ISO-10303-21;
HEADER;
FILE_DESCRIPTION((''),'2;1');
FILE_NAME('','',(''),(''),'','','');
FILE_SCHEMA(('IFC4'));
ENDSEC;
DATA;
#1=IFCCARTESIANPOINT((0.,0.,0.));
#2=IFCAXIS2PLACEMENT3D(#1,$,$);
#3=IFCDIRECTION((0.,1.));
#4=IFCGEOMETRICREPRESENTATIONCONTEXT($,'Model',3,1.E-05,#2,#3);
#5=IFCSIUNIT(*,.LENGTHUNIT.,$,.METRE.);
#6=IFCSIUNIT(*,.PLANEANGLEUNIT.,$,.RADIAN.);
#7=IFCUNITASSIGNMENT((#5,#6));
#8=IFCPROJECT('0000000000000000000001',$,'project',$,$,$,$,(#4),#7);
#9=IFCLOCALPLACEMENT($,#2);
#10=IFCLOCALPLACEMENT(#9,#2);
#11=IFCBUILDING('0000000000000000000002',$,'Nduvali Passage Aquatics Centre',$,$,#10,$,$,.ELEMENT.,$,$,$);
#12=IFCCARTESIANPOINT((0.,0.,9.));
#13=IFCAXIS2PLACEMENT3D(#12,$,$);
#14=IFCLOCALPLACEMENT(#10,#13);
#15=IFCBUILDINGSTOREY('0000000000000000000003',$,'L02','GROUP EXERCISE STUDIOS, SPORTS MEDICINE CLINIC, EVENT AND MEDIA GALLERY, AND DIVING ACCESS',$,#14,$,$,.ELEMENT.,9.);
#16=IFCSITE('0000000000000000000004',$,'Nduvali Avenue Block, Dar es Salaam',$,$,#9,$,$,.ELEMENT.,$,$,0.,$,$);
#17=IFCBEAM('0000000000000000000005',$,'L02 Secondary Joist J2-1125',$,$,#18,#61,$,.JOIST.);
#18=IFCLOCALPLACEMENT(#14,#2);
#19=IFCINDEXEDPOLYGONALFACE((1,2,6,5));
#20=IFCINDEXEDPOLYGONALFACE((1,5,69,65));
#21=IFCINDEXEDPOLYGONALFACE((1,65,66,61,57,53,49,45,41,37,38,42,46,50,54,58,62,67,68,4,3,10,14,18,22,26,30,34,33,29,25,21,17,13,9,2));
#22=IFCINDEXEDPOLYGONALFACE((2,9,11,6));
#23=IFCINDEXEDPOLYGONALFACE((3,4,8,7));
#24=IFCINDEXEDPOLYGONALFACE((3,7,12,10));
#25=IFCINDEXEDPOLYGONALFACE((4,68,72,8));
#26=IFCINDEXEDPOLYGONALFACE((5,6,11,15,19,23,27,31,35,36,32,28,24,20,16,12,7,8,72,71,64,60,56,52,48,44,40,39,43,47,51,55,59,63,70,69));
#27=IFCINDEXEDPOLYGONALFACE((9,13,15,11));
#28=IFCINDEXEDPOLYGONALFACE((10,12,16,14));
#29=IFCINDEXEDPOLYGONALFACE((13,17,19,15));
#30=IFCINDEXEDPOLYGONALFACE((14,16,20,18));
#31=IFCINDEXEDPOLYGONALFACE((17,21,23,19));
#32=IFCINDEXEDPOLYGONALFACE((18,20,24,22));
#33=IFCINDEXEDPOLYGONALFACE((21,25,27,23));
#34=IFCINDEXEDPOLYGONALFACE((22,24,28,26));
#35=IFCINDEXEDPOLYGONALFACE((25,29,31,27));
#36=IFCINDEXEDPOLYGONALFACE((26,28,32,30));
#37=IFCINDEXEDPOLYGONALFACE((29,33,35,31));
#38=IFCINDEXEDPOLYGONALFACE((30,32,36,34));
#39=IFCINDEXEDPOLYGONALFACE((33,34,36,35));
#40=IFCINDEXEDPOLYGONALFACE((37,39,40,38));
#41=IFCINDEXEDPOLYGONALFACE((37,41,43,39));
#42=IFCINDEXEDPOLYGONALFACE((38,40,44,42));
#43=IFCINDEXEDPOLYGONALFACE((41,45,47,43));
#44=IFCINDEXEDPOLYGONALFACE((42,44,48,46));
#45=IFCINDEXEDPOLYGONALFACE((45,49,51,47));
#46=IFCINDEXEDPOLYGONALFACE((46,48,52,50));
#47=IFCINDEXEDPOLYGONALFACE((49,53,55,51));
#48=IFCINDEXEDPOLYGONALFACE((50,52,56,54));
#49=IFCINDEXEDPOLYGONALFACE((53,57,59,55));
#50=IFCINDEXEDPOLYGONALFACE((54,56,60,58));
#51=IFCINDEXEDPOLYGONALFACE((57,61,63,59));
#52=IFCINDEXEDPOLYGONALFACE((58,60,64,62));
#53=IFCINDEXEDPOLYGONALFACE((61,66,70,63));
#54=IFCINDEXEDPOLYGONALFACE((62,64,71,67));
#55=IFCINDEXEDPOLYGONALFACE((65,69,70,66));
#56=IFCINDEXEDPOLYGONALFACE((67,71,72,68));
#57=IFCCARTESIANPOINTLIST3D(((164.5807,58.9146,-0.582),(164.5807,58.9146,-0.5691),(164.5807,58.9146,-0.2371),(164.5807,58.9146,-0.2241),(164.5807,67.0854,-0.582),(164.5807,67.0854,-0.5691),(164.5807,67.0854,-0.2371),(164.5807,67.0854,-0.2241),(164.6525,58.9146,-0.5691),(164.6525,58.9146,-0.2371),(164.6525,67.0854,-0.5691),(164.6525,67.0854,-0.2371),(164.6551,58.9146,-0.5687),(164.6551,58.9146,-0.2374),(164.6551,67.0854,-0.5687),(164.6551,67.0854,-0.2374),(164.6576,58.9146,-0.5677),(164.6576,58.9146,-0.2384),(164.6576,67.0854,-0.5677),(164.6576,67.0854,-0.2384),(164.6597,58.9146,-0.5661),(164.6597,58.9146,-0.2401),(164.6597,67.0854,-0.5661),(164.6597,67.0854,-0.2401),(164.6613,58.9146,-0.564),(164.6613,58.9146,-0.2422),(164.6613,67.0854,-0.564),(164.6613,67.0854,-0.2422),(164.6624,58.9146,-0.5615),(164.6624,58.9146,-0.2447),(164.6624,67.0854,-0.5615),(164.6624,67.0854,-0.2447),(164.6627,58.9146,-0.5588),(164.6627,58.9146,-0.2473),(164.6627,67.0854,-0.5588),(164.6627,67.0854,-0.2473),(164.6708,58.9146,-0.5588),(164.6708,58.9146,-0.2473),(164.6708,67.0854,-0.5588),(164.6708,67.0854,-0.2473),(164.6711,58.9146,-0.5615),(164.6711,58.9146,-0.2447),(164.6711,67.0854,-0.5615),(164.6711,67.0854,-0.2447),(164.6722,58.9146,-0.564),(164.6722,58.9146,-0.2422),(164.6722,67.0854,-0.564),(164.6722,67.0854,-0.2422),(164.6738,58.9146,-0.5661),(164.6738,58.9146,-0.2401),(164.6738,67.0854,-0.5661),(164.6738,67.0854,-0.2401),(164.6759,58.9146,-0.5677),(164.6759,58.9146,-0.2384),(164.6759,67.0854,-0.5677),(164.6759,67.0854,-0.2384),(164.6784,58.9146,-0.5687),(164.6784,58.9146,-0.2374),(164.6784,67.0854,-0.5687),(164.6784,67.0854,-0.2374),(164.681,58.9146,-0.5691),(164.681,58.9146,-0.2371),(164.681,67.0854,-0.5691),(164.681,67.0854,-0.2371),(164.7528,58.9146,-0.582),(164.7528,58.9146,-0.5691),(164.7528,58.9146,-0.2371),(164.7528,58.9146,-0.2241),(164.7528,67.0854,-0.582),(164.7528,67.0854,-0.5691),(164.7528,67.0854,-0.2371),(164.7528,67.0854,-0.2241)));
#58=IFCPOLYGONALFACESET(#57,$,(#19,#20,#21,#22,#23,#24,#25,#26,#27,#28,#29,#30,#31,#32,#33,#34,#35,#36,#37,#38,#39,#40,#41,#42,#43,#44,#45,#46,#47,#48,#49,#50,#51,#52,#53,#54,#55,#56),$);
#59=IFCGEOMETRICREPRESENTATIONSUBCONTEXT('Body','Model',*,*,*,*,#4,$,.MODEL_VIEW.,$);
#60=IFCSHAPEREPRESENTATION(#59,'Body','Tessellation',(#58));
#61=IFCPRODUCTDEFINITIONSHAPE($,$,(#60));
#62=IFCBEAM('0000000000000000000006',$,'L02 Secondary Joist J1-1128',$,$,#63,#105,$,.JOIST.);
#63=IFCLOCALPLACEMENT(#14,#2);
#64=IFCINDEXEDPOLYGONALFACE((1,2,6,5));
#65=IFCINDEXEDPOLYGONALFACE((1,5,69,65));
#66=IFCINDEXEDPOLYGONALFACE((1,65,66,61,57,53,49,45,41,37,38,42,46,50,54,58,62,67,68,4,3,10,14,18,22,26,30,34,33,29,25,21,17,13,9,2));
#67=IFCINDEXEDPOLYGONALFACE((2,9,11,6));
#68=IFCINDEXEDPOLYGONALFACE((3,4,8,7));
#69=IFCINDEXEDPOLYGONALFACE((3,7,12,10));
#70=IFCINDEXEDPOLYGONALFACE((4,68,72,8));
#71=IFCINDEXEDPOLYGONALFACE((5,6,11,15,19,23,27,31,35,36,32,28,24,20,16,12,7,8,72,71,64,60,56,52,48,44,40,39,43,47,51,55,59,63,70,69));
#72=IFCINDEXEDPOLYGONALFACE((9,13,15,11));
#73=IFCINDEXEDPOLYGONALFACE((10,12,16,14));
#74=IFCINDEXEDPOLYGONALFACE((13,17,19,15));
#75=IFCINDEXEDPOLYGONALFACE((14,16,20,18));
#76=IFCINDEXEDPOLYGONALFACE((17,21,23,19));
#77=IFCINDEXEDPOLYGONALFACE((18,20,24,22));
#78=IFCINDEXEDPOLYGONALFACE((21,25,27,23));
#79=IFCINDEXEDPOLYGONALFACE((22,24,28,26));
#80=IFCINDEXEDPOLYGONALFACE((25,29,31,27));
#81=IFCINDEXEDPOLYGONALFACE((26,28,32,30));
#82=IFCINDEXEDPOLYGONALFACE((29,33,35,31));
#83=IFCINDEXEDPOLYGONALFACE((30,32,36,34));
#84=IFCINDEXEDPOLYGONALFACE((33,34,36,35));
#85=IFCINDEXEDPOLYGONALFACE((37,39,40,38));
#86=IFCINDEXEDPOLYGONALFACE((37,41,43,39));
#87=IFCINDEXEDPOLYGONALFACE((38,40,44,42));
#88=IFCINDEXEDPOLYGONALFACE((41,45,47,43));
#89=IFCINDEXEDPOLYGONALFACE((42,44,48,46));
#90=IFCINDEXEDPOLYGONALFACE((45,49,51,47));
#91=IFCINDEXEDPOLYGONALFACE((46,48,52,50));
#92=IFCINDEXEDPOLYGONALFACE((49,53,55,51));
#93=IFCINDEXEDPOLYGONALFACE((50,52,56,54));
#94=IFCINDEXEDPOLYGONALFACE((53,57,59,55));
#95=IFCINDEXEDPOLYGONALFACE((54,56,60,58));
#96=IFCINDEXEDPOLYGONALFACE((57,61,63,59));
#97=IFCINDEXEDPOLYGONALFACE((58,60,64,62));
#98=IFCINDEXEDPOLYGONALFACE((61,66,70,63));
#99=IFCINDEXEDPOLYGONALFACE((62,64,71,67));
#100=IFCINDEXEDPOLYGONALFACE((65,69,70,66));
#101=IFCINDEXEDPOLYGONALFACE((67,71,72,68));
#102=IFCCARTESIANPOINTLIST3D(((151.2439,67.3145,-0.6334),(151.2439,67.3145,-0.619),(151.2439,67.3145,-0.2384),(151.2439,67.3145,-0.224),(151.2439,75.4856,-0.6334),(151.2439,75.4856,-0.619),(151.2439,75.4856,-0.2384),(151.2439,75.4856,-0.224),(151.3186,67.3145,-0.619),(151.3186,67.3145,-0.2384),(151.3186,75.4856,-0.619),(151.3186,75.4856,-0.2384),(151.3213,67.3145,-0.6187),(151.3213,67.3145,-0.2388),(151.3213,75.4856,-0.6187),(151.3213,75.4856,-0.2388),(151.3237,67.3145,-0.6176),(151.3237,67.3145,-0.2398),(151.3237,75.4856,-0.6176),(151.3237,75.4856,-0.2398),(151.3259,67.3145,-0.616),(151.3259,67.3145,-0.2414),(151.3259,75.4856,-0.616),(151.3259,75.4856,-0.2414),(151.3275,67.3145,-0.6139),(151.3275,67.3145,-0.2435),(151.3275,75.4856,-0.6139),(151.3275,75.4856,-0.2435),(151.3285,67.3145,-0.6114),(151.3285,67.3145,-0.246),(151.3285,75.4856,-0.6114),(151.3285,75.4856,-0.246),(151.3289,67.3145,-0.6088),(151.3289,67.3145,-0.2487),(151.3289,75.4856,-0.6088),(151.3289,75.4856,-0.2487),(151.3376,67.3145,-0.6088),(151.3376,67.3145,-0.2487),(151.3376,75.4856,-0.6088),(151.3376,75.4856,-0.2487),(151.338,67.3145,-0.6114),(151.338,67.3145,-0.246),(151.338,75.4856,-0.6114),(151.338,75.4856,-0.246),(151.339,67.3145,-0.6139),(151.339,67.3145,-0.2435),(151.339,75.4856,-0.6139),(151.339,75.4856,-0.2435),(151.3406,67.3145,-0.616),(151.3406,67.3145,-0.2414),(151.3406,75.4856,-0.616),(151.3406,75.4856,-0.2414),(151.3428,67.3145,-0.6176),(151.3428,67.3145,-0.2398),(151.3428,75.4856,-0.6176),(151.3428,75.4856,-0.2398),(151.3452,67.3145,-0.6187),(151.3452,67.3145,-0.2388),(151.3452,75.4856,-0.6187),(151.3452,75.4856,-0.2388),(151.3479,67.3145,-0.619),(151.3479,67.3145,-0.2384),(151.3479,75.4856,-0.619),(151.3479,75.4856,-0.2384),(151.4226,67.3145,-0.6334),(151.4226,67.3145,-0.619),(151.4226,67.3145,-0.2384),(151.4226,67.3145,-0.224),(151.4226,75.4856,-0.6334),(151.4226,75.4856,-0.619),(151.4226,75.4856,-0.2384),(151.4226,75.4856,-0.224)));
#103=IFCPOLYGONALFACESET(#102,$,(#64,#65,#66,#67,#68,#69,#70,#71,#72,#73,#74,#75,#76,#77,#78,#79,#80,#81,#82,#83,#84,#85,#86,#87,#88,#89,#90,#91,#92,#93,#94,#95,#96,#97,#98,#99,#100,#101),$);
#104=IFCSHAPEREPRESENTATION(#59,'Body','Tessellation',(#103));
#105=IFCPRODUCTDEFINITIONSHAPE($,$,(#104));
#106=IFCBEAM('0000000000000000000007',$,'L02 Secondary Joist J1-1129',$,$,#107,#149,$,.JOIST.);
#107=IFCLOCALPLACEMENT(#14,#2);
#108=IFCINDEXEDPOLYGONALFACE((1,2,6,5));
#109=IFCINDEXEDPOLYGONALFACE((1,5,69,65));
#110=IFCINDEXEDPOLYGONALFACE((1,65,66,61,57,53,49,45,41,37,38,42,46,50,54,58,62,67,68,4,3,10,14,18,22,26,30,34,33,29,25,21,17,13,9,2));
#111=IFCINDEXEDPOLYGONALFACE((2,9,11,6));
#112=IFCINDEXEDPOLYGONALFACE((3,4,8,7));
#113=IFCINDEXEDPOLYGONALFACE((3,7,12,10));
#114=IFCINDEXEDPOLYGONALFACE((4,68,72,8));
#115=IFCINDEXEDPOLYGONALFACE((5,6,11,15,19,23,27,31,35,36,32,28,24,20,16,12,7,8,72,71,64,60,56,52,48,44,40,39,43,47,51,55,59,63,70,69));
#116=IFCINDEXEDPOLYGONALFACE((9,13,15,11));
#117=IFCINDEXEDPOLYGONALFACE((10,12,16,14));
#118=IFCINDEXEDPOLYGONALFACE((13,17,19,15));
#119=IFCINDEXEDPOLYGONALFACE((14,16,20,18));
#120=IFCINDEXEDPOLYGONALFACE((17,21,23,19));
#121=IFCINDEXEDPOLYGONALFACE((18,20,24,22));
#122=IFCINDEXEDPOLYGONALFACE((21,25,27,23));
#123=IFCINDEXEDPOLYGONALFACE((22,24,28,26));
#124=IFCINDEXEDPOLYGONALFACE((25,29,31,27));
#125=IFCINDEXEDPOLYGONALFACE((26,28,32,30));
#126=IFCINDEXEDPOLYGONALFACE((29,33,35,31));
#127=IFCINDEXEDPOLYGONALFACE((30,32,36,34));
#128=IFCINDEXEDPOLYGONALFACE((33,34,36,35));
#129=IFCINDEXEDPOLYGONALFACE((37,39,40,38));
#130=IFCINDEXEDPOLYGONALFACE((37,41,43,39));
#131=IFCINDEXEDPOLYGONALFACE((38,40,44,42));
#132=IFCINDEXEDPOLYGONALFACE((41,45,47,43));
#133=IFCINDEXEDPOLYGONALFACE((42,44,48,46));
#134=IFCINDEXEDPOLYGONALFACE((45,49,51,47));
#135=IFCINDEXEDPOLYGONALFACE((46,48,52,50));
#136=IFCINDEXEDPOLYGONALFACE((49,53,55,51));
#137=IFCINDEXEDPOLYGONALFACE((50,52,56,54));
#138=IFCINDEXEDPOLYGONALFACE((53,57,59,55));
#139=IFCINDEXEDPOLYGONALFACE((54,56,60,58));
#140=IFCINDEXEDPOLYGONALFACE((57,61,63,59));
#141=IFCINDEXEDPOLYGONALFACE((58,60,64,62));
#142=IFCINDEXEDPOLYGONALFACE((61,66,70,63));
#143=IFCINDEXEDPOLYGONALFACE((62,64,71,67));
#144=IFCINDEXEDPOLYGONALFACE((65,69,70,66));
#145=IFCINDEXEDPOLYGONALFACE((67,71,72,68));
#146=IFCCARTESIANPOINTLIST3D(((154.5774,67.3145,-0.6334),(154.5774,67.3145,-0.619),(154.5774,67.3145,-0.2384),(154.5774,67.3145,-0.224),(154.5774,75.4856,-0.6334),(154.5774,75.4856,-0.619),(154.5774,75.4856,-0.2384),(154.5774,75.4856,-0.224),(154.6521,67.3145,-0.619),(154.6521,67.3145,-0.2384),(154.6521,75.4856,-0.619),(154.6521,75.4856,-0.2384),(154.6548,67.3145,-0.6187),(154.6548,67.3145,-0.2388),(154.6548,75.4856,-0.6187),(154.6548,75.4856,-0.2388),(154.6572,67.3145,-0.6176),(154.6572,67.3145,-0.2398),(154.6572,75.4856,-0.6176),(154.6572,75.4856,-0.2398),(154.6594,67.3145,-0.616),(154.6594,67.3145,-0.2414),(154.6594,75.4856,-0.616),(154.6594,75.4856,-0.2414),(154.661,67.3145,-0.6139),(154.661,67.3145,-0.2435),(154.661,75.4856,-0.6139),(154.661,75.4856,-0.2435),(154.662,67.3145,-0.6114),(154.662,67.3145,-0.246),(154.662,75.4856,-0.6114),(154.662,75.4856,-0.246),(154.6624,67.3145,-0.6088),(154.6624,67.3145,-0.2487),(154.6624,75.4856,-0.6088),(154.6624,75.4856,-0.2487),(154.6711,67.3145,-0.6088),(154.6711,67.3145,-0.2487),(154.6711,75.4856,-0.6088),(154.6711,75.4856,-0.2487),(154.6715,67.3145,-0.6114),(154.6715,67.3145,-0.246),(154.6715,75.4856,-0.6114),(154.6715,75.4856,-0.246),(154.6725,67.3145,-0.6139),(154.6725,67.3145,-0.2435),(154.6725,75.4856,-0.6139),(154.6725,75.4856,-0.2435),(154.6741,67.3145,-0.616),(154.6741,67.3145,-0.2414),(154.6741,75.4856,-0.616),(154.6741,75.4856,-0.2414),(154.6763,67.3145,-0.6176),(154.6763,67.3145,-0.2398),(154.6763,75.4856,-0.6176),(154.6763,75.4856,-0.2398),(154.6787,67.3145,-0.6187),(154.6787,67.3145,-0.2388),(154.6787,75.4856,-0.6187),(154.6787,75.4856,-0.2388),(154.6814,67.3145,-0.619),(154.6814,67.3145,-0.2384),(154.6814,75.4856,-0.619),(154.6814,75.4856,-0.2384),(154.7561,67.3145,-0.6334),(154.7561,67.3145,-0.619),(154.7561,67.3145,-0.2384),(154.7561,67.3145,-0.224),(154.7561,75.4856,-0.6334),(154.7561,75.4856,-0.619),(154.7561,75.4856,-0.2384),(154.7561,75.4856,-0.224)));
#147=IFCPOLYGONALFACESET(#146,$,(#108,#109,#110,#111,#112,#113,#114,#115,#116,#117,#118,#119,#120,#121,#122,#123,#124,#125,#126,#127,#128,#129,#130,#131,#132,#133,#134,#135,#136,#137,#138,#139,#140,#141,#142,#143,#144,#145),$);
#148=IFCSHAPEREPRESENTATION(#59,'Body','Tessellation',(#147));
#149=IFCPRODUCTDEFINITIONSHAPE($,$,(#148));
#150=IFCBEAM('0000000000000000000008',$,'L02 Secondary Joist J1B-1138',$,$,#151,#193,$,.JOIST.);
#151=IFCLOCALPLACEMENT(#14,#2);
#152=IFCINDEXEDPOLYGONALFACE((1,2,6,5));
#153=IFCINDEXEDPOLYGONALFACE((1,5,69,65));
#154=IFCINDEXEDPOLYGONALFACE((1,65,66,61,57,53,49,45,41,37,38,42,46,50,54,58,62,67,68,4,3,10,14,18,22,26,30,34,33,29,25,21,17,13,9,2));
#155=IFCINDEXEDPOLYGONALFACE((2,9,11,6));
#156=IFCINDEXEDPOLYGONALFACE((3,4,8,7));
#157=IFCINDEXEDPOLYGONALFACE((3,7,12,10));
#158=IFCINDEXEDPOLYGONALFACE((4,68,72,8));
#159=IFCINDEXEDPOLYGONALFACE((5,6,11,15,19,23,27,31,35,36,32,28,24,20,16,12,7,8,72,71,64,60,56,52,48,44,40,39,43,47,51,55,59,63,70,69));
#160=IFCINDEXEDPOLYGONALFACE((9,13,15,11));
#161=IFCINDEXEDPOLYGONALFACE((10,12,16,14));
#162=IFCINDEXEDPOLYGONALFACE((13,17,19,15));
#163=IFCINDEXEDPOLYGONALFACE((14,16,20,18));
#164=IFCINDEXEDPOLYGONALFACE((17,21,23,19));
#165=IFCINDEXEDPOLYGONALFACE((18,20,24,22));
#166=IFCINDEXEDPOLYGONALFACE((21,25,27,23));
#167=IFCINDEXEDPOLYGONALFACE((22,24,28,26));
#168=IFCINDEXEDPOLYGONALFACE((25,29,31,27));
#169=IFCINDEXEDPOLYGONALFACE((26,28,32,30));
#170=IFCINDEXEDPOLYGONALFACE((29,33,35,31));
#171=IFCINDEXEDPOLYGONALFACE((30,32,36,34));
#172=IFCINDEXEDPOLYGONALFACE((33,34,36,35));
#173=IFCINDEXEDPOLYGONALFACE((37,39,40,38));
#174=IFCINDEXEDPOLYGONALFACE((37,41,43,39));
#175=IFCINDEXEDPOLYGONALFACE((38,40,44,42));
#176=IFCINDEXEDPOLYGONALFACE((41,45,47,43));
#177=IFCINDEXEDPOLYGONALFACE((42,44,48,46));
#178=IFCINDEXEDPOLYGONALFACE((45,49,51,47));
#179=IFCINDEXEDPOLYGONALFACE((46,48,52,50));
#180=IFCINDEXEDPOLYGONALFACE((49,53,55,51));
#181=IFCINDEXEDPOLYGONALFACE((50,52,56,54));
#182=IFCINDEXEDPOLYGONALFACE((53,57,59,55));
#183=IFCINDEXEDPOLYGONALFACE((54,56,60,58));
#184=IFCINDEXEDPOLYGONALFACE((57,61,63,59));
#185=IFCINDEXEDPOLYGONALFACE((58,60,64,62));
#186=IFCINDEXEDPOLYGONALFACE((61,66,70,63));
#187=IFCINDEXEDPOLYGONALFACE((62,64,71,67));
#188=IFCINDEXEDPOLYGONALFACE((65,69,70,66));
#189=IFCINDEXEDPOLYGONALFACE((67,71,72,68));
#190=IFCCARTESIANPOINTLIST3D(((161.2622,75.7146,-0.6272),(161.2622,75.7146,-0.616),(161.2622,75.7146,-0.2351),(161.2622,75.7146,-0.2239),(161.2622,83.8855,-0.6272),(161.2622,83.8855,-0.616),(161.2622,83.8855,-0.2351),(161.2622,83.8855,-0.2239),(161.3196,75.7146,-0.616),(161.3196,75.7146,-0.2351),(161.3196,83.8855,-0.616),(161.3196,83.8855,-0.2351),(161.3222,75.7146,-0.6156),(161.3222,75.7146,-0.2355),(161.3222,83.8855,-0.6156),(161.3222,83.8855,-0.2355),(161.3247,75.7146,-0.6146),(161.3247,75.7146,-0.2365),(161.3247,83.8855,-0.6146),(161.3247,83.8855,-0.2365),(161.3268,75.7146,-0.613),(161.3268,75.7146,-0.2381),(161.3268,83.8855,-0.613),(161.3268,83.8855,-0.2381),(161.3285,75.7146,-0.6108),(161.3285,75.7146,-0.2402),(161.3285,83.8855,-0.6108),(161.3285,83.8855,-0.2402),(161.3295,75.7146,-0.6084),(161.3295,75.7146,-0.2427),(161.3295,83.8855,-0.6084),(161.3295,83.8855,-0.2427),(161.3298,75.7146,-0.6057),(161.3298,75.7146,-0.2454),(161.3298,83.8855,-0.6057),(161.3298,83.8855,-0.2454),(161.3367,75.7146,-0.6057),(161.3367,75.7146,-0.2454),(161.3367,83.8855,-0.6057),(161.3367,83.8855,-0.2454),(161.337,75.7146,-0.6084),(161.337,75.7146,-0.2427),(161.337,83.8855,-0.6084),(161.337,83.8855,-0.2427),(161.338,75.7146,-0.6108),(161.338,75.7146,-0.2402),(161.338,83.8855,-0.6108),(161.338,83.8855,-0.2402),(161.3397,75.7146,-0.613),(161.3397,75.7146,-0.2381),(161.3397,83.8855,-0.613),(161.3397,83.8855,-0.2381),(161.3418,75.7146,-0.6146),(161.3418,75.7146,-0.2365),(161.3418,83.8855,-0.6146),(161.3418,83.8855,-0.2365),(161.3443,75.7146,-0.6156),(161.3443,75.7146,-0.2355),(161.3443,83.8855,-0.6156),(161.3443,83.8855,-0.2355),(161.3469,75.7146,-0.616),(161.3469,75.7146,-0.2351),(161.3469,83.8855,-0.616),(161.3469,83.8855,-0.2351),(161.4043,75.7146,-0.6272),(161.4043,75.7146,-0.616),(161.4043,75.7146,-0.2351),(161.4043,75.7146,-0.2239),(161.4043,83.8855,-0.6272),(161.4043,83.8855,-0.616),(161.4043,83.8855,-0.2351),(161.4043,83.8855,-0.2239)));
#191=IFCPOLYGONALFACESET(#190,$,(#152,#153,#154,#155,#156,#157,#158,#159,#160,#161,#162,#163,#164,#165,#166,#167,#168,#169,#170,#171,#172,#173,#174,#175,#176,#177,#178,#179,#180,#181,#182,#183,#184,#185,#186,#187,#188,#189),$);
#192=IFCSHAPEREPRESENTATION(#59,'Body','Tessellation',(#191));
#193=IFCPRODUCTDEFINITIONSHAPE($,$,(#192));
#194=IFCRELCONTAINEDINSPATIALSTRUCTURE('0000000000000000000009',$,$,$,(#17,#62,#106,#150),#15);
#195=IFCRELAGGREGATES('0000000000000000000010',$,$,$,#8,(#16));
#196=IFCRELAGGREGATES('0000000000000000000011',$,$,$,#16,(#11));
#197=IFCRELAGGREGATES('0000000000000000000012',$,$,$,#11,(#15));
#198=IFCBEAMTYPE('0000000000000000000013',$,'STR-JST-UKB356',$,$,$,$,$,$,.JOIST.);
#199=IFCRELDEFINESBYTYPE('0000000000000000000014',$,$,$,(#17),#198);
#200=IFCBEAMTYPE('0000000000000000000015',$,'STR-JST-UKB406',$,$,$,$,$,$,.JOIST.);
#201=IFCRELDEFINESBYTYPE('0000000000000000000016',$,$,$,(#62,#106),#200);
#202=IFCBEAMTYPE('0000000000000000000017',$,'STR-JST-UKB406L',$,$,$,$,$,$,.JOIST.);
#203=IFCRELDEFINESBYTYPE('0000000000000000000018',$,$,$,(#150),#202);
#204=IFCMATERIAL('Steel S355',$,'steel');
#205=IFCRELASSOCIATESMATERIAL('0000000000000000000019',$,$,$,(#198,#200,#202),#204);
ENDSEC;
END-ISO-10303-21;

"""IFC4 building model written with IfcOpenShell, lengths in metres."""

from ifc_helpers import new_model, si_unit, direction, frame, origin, origin_2d, place, context, subcontext, project, spatial, i_section, extrude, material, material_profile, profile_set, type_object, element, save


model = new_model("IFC4")

# Units and contexts
model_context = context("Model", 3, precision=1e-05, world=origin(), true_north=direction((0.0, 1.0)))
body_context = subcontext(model_context, "Body", "Model", "MODEL_VIEW")
ifc_project = project(units=[si_unit("LENGTHUNIT", "METRE"), si_unit("PLANEANGLEUNIT", "RADIAN")], contexts=[model_context])

# Site, building, storey
site_placement = place(None, origin())
site = spatial("IfcSite", under=ifc_project, at=site_placement, Name="Nduvali Avenue Block, Dar es Salaam", CompositionType="ELEMENT", RefElevation=0.0)
building_placement = place(site_placement, origin())
building = spatial("IfcBuilding", under=site, at=building_placement, Name="Nduvali Passage Aquatics Centre", CompositionType="ELEMENT")
storey_placement = place(building_placement, frame((0.0, 0.0, 9.0)))
storey = spatial("IfcBuildingStorey", under=building, at=storey_placement, Name="L02", Description="GROUP EXERCISE STUDIOS, SPORTS MEDICINE CLINIC, EVENT AND MEDIA GALLERY, AND DIVING ACCESS", CompositionType="ELEMENT", Elevation=9.0)

# Beams
ifc_material = material(Name="Steel S355", Category="steel")
ifc_material_profile_1 = material_profile(ifc_material, i_section(OverallWidth=0.1721, OverallDepth=0.3579, WebThickness=0.0081, FlangeThickness=0.0129, FilletRadius=0.0103, at=origin_2d()), Name="UKB 356x171x57")
ifc_profile_set_1 = profile_set([ifc_material_profile_1], Name="Steel S355")
beam_type_1 = type_object("IfcBeamType", Name="STR-JST-UKB356", PredefinedType="JOIST", material=ifc_profile_set_1)
for number, where, z_axis, x_axis, name in (
    (1, (164.6667, 58.9146, -0.4031), (0.0, 1.0, 0.0), (-1.0, 0.0, 0.0), "L02 Secondary Joist J2-1125"),
):
    element("IfcBeam", number, at=place(storey_placement, frame(where, z_axis=z_axis, x_axis=x_axis)), inside=storey, type_object=beam_type_1, Name=name, PredefinedType="JOIST", context=body_context, shape_type="SweptSolid", body=[
        extrude(i_section(OverallWidth=0.1721, OverallDepth=0.3579, WebThickness=0.0081, FlangeThickness=0.0129, FilletRadius=0.0103, at=origin_2d()), origin(), (0.0, 0.0, 1.0), 8.1709),
    ])
ifc_material_profile_2 = material_profile(ifc_material, i_section(OverallWidth=0.1787, OverallDepth=0.4094, WebThickness=0.0088, FlangeThickness=0.0144, FilletRadius=0.0103, at=origin_2d()), Name="UKB 406x178x67")
ifc_profile_set_2 = profile_set([ifc_material_profile_2], Name="Steel S355")
beam_type_2 = type_object("IfcBeamType", Name="STR-JST-UKB406", PredefinedType="JOIST", material=ifc_profile_set_2)
for number, where, z_axis, x_axis, name in (
    (2, (151.3333, 67.3145, -0.4287), (0.0, 1.0, 0.0), (-1.0, 0.0, 0.0), "L02 Secondary Joist J1-1128"),
    (3, (154.6667, 67.3145, -0.4287), (0.0, 1.0, 0.0), (-1.0, 0.0, 0.0), "L02 Secondary Joist J1-1129"),
):
    element("IfcBeam", number, at=place(storey_placement, frame(where, z_axis=z_axis, x_axis=x_axis)), inside=storey, type_object=beam_type_2, Name=name, PredefinedType="JOIST", context=body_context, shape_type="SweptSolid", body=[
        extrude(i_section(OverallWidth=0.1787, OverallDepth=0.4094, WebThickness=0.0088, FlangeThickness=0.0144, FilletRadius=0.0103, at=origin_2d()), origin(), (0.0, 0.0, 1.0), 8.1711),
    ])
ifc_material_profile_3 = material_profile(ifc_material, i_section(OverallWidth=0.1421, OverallDepth=0.4033, WebThickness=0.0068, FlangeThickness=0.0112, FilletRadius=0.0103, at=origin_2d()), Name="UKB 406x140x46")
ifc_profile_set_3 = profile_set([ifc_material_profile_3], Name="Steel S355")
beam_type_3 = type_object("IfcBeamType", Name="STR-JST-UKB406L", PredefinedType="JOIST", material=ifc_profile_set_3)
for number, where, z_axis, x_axis, name in (
    (4, (161.3333, 75.7146, -0.4255), (0.0, 1.0, 0.0), (-1.0, 0.0, 0.0), "L02 Secondary Joist J1B-1138"),
):
    element("IfcBeam", number, at=place(storey_placement, frame(where, z_axis=z_axis, x_axis=x_axis)), inside=storey, type_object=beam_type_3, Name=name, PredefinedType="JOIST", context=body_context, shape_type="SweptSolid", body=[
        extrude(i_section(OverallWidth=0.1421, OverallDepth=0.4033, WebThickness=0.0068, FlangeThickness=0.0112, FilletRadius=0.0103, at=origin_2d()), origin(), (0.0, 0.0, 1.0), 8.1709),
    ])

save(model, "model.ifc")
